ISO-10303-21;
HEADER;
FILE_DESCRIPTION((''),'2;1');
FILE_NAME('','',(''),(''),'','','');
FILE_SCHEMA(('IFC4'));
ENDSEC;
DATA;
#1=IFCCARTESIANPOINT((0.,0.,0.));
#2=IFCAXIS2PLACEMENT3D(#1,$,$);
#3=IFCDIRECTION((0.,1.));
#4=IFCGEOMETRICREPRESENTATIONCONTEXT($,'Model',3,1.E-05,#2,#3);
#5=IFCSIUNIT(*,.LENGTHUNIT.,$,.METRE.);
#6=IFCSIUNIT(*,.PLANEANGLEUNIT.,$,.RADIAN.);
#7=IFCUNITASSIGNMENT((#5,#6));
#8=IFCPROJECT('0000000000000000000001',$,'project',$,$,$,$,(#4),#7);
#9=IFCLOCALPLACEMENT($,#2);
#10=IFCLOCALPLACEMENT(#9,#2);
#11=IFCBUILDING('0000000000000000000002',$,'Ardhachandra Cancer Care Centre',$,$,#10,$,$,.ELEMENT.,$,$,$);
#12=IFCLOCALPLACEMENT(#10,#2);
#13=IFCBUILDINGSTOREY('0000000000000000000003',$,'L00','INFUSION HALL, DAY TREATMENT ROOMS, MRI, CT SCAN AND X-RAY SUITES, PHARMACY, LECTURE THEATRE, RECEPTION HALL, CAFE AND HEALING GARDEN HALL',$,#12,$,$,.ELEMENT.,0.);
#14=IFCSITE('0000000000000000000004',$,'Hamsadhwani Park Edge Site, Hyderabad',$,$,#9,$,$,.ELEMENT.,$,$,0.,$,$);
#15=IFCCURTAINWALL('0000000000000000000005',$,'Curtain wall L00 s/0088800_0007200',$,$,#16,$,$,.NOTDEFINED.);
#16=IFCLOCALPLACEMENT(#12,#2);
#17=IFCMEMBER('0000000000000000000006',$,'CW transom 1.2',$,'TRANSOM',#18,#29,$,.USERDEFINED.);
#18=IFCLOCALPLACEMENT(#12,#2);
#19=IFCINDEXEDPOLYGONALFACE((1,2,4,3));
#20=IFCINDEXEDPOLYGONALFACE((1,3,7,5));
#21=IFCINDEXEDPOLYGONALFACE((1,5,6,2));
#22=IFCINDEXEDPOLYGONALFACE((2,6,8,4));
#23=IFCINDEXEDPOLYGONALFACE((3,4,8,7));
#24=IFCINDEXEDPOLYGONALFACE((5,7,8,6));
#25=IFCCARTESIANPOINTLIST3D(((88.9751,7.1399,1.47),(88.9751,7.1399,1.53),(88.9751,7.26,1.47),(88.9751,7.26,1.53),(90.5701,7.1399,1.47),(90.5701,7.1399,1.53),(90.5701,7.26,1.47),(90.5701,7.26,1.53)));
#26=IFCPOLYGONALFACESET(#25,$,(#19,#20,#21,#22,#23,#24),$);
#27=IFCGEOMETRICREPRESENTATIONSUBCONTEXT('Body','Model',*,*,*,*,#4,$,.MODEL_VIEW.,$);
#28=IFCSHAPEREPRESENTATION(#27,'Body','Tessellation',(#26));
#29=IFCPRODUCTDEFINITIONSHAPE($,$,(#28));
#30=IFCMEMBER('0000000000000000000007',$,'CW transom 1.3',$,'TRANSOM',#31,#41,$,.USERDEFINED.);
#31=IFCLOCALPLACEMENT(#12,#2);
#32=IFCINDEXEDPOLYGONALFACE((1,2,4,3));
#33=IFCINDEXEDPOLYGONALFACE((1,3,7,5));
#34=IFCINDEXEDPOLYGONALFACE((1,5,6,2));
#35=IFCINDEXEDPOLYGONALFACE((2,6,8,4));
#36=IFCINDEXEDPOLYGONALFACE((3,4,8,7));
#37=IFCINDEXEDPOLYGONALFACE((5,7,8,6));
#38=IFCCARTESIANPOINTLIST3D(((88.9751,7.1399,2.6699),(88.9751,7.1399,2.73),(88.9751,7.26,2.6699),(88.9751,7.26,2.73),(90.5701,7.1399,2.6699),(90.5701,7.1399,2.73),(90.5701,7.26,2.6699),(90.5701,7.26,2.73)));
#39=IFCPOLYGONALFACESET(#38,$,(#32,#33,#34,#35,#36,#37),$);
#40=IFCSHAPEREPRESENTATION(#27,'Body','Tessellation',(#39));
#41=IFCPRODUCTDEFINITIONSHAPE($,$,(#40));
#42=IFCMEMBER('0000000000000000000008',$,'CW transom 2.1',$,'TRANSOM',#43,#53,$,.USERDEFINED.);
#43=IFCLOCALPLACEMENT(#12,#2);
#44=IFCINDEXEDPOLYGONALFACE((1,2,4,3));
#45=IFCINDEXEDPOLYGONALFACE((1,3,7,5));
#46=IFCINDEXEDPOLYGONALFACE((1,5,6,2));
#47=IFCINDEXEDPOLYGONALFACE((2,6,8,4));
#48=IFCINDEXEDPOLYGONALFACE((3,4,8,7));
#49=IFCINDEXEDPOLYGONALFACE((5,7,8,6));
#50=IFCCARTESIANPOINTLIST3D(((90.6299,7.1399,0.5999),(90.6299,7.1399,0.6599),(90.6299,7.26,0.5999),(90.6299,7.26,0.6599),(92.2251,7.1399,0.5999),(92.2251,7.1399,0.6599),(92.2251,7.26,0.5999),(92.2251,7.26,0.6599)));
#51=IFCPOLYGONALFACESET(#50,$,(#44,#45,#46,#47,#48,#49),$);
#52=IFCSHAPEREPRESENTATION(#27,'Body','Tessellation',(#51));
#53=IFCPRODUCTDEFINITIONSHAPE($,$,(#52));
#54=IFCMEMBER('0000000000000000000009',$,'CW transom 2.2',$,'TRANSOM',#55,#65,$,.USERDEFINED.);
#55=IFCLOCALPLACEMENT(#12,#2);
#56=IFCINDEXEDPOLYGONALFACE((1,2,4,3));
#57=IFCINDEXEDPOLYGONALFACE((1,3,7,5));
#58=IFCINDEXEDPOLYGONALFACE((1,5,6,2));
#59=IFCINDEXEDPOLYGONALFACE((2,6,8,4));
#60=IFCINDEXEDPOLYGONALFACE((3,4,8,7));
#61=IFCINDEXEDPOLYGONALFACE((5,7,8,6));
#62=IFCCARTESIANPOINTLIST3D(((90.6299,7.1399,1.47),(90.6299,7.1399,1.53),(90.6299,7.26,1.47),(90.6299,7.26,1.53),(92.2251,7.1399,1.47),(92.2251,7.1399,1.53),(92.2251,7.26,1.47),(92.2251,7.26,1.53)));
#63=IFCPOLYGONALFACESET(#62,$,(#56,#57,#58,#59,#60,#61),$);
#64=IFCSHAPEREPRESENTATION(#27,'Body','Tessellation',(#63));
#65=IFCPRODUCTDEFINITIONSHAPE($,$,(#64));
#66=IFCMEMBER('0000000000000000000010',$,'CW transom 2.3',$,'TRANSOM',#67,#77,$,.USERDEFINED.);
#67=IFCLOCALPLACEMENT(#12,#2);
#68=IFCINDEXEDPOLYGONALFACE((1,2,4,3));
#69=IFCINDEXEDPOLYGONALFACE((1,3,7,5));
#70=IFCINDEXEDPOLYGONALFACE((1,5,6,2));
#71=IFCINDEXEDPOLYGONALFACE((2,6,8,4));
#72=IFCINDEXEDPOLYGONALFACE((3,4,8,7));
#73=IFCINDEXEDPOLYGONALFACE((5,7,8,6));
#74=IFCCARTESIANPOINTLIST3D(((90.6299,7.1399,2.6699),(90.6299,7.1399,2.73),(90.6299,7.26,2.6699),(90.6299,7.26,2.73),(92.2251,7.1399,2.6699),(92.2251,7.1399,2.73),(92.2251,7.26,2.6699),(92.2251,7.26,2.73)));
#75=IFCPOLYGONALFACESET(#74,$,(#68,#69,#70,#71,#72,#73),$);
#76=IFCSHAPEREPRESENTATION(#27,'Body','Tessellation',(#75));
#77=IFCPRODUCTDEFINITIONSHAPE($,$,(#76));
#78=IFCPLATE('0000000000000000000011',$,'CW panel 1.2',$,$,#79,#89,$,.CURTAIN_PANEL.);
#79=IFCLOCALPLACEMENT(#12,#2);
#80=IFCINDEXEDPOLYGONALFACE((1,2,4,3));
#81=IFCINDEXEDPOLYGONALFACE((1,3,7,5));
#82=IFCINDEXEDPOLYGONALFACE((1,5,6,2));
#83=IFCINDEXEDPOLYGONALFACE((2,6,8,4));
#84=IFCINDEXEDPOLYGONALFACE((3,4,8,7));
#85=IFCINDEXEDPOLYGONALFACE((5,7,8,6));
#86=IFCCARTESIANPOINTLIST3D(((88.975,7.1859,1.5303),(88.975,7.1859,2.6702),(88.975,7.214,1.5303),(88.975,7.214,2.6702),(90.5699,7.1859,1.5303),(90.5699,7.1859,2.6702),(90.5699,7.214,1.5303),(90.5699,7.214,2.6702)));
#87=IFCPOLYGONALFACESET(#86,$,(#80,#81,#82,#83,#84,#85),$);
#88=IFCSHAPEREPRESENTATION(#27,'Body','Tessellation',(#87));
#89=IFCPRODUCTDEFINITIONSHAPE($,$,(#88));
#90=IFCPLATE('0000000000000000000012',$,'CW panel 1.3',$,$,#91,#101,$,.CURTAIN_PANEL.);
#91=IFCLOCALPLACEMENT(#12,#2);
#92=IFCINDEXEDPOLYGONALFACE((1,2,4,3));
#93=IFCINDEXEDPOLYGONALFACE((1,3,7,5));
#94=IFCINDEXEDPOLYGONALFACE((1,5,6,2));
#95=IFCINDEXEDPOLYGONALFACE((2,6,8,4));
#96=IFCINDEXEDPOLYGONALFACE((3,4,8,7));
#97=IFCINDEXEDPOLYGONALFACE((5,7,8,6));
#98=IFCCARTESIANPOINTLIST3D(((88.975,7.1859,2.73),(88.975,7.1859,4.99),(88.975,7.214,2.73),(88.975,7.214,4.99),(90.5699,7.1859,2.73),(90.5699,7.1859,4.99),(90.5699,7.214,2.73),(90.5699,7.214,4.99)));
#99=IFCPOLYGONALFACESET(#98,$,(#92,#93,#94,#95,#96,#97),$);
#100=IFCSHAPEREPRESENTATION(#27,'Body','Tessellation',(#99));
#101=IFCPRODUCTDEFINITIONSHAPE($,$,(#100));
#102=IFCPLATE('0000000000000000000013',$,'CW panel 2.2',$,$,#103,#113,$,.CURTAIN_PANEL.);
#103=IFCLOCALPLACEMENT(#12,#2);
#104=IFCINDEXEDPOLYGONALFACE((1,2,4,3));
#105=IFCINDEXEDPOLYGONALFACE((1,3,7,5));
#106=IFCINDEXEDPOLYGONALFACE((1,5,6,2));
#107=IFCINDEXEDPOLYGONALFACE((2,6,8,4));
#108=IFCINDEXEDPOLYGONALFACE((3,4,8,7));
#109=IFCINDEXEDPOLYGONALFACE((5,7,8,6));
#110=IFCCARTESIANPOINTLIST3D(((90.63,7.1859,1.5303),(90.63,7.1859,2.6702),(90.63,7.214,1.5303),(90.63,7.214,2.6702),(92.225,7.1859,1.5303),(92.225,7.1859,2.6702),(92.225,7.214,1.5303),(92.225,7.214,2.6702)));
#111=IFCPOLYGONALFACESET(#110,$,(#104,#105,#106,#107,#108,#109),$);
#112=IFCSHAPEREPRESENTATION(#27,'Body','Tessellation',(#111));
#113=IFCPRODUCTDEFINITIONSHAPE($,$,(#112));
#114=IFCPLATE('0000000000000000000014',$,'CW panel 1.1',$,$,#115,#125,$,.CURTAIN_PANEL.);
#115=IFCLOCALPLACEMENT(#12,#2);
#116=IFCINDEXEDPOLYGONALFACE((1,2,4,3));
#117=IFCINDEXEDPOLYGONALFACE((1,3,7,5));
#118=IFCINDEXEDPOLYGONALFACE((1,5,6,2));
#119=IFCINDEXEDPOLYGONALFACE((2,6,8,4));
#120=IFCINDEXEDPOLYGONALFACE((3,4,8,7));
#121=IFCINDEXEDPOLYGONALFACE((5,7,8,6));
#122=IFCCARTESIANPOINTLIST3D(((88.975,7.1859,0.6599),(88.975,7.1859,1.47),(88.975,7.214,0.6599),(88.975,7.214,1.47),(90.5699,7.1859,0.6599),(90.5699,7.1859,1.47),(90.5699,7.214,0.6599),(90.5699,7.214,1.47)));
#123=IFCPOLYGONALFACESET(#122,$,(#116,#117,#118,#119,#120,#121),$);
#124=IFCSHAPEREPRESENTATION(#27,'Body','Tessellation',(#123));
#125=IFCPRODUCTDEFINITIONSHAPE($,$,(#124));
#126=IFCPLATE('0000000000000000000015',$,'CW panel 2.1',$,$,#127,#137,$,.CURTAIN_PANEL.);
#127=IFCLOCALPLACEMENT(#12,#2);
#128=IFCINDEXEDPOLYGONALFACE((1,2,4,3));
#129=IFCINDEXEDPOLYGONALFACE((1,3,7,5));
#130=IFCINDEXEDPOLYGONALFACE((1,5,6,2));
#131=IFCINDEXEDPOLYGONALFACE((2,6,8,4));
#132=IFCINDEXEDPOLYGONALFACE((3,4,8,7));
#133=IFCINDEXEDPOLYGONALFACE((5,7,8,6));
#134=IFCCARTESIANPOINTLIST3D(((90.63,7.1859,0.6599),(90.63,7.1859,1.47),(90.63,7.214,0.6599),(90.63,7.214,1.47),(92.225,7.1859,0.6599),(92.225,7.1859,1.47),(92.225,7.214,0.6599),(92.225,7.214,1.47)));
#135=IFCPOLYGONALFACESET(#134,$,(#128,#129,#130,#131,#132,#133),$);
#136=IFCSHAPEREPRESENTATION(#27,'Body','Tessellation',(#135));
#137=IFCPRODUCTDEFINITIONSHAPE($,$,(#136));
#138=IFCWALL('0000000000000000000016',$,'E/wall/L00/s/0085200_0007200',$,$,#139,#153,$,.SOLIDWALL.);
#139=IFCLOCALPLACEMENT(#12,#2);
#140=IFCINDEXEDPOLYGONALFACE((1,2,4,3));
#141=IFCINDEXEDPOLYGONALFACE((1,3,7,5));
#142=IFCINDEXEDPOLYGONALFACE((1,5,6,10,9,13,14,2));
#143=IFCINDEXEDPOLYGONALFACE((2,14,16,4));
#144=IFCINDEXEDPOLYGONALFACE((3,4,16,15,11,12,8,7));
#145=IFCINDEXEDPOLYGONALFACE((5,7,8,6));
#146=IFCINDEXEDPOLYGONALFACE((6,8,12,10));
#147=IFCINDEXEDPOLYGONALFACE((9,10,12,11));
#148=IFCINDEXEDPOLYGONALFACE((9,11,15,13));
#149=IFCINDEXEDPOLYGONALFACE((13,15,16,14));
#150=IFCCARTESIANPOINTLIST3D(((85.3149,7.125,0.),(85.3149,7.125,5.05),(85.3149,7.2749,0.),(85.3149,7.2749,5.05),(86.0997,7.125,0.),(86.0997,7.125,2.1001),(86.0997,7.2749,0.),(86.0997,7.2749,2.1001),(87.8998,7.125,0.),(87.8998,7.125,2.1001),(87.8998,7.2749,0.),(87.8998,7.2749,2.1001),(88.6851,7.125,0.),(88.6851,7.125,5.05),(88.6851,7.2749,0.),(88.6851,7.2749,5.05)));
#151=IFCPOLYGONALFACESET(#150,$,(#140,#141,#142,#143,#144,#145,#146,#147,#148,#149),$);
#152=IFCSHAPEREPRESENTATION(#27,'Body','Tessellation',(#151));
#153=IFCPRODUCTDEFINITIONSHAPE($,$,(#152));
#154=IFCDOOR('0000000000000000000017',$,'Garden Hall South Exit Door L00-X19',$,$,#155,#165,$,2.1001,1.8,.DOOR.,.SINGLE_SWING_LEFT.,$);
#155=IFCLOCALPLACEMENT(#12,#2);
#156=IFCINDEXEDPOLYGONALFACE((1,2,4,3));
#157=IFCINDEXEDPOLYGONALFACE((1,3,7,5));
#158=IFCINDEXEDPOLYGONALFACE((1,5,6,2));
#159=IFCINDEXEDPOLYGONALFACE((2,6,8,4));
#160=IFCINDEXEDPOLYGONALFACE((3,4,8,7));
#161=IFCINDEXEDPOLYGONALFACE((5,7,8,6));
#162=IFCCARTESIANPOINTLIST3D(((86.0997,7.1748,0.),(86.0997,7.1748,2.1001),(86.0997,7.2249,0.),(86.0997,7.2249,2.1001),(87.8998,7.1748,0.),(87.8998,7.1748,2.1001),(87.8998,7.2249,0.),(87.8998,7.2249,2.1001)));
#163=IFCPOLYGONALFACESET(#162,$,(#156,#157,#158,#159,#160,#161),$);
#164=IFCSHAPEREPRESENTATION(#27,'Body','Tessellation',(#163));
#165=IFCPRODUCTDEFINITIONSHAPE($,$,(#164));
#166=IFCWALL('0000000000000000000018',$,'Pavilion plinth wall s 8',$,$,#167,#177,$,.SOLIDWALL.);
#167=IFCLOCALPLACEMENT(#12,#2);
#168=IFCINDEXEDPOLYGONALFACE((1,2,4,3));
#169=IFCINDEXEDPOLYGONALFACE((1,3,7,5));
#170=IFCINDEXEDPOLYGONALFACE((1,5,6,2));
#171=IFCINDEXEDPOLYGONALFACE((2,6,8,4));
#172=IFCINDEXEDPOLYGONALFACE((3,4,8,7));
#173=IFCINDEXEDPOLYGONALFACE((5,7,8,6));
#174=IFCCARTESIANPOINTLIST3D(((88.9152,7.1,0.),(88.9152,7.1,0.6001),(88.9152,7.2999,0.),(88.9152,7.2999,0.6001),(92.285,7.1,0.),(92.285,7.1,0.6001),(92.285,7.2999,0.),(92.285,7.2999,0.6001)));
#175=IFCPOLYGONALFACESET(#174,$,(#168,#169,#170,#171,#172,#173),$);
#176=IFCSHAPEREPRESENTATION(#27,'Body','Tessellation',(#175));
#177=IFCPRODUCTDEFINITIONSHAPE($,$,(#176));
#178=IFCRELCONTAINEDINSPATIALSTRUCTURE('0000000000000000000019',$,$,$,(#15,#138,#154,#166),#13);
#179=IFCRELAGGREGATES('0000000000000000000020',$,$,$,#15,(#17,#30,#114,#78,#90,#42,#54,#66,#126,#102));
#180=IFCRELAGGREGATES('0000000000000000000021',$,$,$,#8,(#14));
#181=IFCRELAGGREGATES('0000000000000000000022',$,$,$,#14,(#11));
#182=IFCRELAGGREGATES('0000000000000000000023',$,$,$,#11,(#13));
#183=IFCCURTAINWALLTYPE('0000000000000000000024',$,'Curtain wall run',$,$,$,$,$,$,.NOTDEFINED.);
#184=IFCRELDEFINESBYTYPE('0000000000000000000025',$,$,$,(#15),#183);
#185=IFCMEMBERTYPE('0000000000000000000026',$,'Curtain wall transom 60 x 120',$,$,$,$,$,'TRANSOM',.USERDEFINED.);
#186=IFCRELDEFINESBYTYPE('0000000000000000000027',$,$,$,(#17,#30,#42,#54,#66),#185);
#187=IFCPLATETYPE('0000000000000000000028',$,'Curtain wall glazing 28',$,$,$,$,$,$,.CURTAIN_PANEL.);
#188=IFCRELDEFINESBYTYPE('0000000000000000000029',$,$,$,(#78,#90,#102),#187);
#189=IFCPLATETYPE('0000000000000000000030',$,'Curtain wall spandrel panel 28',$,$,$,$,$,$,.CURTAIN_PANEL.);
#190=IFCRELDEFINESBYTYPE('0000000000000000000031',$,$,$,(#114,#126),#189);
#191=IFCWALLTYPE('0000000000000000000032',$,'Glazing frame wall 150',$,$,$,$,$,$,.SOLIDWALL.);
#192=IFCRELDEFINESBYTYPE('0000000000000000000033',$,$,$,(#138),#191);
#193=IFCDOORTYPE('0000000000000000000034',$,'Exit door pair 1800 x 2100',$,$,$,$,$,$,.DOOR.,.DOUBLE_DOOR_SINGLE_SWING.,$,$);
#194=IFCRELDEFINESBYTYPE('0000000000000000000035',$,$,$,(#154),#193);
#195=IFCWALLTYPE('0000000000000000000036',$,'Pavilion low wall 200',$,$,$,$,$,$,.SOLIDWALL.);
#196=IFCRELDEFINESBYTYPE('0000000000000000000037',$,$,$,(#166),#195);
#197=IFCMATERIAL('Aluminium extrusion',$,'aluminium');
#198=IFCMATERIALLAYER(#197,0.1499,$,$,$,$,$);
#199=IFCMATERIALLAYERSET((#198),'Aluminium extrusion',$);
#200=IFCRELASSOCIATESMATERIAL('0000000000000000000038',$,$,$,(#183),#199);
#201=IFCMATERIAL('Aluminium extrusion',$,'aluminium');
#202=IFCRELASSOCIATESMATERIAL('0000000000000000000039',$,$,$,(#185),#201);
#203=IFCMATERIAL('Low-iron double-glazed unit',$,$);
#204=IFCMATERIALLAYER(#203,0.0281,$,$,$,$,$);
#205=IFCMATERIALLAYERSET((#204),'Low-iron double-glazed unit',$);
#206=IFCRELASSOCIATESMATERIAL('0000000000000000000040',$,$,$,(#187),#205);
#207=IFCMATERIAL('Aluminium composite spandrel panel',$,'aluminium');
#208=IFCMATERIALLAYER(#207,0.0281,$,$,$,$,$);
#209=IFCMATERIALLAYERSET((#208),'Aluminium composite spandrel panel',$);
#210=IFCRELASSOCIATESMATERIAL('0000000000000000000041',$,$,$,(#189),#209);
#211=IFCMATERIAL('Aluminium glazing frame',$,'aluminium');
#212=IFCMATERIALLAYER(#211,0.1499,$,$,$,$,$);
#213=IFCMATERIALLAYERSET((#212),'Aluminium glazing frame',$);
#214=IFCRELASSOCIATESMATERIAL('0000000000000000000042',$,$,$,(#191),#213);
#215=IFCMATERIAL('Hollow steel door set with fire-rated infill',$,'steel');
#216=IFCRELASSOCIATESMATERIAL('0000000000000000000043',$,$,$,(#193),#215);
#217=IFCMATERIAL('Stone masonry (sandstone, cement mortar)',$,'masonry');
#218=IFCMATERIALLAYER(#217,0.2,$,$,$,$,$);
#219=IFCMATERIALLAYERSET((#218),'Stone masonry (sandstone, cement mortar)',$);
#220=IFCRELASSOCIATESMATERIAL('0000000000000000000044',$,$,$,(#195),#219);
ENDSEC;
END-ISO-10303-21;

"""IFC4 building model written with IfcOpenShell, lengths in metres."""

from ifc_helpers import new_model, si_unit, direction, frame, frame_2d, origin, origin_2d, place, context, subcontext, project, spatial, rectangle, extrude, material, layer, layer_set, material_profile, profile_set, type_object, element, fill, aggregate, save


model = new_model("IFC4")

# Units and contexts
model_context = context("Model", 3, precision=1e-05, world=origin(), true_north=direction((0.0, 1.0)))
body_context = subcontext(model_context, "Body", "Model", "MODEL_VIEW")
ifc_project = project(units=[si_unit("LENGTHUNIT", "METRE"), si_unit("PLANEANGLEUNIT", "RADIAN")], contexts=[model_context])

# Site, building, storey
site_placement = place(None, origin())
site = spatial("IfcSite", under=ifc_project, at=site_placement, Name="Hamsadhwani Park Edge Site, Hyderabad", CompositionType="ELEMENT", RefElevation=0.0)
building_placement = place(site_placement, origin())
building = spatial("IfcBuilding", under=site, at=building_placement, Name="Ardhachandra Cancer Care Centre", CompositionType="ELEMENT")
storey_placement = place(building_placement, origin())
storey = spatial("IfcBuildingStorey", under=building, at=storey_placement, Name="L00", Description="INFUSION HALL, DAY TREATMENT ROOMS, MRI, CT SCAN AND X-RAY SUITES, PHARMACY, LECTURE THEATRE, RECEPTION HALL, CAFE AND HEALING GARDEN HALL", CompositionType="ELEMENT", Elevation=0.0)

# Curtain wall, members, plates
ifc_material_1 = material(Name="Aluminium extrusion", Category="aluminium")
ifc_layer_1 = layer(ifc_material_1, 0.1499)
ifc_layer_set_1 = layer_set([ifc_layer_1], Name="Aluminium extrusion")
curtain_wall_type = type_object("IfcCurtainWallType", Name="Curtain wall run", PredefinedType="NOTDEFINED", material=ifc_layer_set_1)
curtain_wall_placement = place(storey_placement, origin())
curtain_wall = element("IfcCurtainWall", 1, at=curtain_wall_placement, inside=storey, type_object=curtain_wall_type, Name="Curtain wall L00 s/0088800_0007200", PredefinedType="NOTDEFINED")
ifc_material_2 = material(Name="Aluminium extrusion", Category="aluminium")
ifc_material_profile_1 = material_profile(ifc_material_2, rectangle(XDim=0.1201, YDim=0.0601, at=origin_2d()), Name="Curtain wall transom 60 x 120")
ifc_profile_set_1 = profile_set([ifc_material_profile_1], Name="Aluminium extrusion")
member_type_1 = type_object("IfcMemberType", Name="Curtain wall transom 60 x 120", ElementType="TRANSOM", PredefinedType="USERDEFINED", material=ifc_profile_set_1)
member_1_placement = place(storey_placement, frame((88.9751, 7.2, 1.5), z_axis=(1.0, 0.0, 0.0), x_axis=(0.0, 1.0, 0.0)))
member_1 = element("IfcMember", 2, at=member_1_placement, type_object=member_type_1, Name="CW transom 1.2", ObjectType="TRANSOM", PredefinedType="USERDEFINED", context=body_context, shape_type="SweptSolid", body=[
    extrude(rectangle(XDim=0.1201, YDim=0.0601, at=origin_2d()), origin(), (0.0, 0.0, 1.0), 1.595),
])
member_2_placement = place(storey_placement, frame((88.9751, 7.2, 2.7), z_axis=(1.0, 0.0, 0.0), x_axis=(0.0, 1.0, 0.0)))
member_2 = element("IfcMember", 3, at=member_2_placement, type_object=member_type_1, Name="CW transom 1.3", ObjectType="TRANSOM", PredefinedType="USERDEFINED", context=body_context, shape_type="SweptSolid", body=[
    extrude(rectangle(XDim=0.1201, YDim=0.0601, at=origin_2d()), origin(), (0.0, 0.0, 1.0), 1.595),
])
member_3_placement = place(storey_placement, frame((90.6299, 7.2, 0.6299), z_axis=(1.0, 0.0, 0.0), x_axis=(0.0, 1.0, 0.0)))
member_3 = element("IfcMember", 4, at=member_3_placement, type_object=member_type_1, Name="CW transom 2.1", ObjectType="TRANSOM", PredefinedType="USERDEFINED", context=body_context, shape_type="SweptSolid", body=[
    extrude(rectangle(XDim=0.1201, YDim=0.0601, at=origin_2d()), origin(), (0.0, 0.0, 1.0), 1.5952),
])
member_4_placement = place(storey_placement, frame((90.6299, 7.2, 1.5), z_axis=(1.0, 0.0, 0.0), x_axis=(0.0, 1.0, 0.0)))
member_4 = element("IfcMember", 5, at=member_4_placement, type_object=member_type_1, Name="CW transom 2.2", ObjectType="TRANSOM", PredefinedType="USERDEFINED", context=body_context, shape_type="SweptSolid", body=[
    extrude(rectangle(XDim=0.1201, YDim=0.0601, at=origin_2d()), origin(), (0.0, 0.0, 1.0), 1.5952),
])
member_5_placement = place(storey_placement, frame((90.6299, 7.2, 2.7), z_axis=(1.0, 0.0, 0.0), x_axis=(0.0, 1.0, 0.0)))
member_5 = element("IfcMember", 6, at=member_5_placement, type_object=member_type_1, Name="CW transom 2.3", ObjectType="TRANSOM", PredefinedType="USERDEFINED", context=body_context, shape_type="SweptSolid", body=[
    extrude(rectangle(XDim=0.1201, YDim=0.0601, at=origin_2d()), origin(), (0.0, 0.0, 1.0), 1.5952),
])
ifc_material_3 = material(Name="Low-iron double-glazed unit")
ifc_layer_2 = layer(ifc_material_3, 0.0281)
ifc_layer_set_2 = layer_set([ifc_layer_2], Name="Low-iron double-glazed unit")
plate_type_1 = type_object("IfcPlateType", Name="Curtain wall glazing 28", PredefinedType="CURTAIN_PANEL", material=ifc_layer_set_2)
plate_1_placement = place(storey_placement, frame((89.7725, 7.2, 1.5303), z_axis=(0.0, 0.0, 1.0), x_axis=(1.0, 0.0, 0.0)))
plate_1 = element("IfcPlate", 7, at=plate_1_placement, type_object=plate_type_1, Name="CW panel 1.2", PredefinedType="CURTAIN_PANEL", context=body_context, shape_type="SweptSolid", body=[
    extrude(rectangle(XDim=1.595, YDim=0.0281, at=origin_2d()), origin(), (0.0, 0.0, 1.0), 1.1399),
])
plate_2_placement = place(storey_placement, frame((89.7725, 7.2, 2.73), z_axis=(0.0, 0.0, 1.0), x_axis=(1.0, 0.0, 0.0)))
plate_2 = element("IfcPlate", 8, at=plate_2_placement, type_object=plate_type_1, Name="CW panel 1.3", PredefinedType="CURTAIN_PANEL", context=body_context, shape_type="SweptSolid", body=[
    extrude(rectangle(XDim=1.595, YDim=0.0281, at=origin_2d()), origin(), (0.0, 0.0, 1.0), 2.26),
])
plate_3_placement = place(storey_placement, frame((91.4275, 7.2, 1.5303), z_axis=(0.0, 0.0, 1.0), x_axis=(1.0, 0.0, 0.0)))
plate_3 = element("IfcPlate", 9, at=plate_3_placement, type_object=plate_type_1, Name="CW panel 2.2", PredefinedType="CURTAIN_PANEL", context=body_context, shape_type="SweptSolid", body=[
    extrude(rectangle(XDim=1.595, YDim=0.0281, at=origin_2d()), origin(), (0.0, 0.0, 1.0), 1.1399),
])
ifc_material_4 = material(Name="Aluminium composite spandrel panel", Category="aluminium")
ifc_layer_3 = layer(ifc_material_4, 0.0281)
ifc_layer_set_3 = layer_set([ifc_layer_3], Name="Aluminium composite spandrel panel")
plate_type_2 = type_object("IfcPlateType", Name="Curtain wall spandrel panel 28", PredefinedType="CURTAIN_PANEL", material=ifc_layer_set_3)
plate_4_placement = place(storey_placement, frame((89.7725, 7.2, 0.6599), z_axis=(0.0, 0.0, 1.0), x_axis=(1.0, 0.0, 0.0)))
plate_4 = element("IfcPlate", 10, at=plate_4_placement, type_object=plate_type_2, Name="CW panel 1.1", PredefinedType="CURTAIN_PANEL", context=body_context, shape_type="SweptSolid", body=[
    extrude(rectangle(XDim=1.595, YDim=0.0281, at=origin_2d()), origin(), (0.0, 0.0, 1.0), 0.8101),
])
plate_5_placement = place(storey_placement, frame((91.4275, 7.2, 0.6599), z_axis=(0.0, 0.0, 1.0), x_axis=(1.0, 0.0, 0.0)))
plate_5 = element("IfcPlate", 11, at=plate_5_placement, type_object=plate_type_2, Name="CW panel 2.1", PredefinedType="CURTAIN_PANEL", context=body_context, shape_type="SweptSolid", body=[
    extrude(rectangle(XDim=1.595, YDim=0.0281, at=origin_2d()), origin(), (0.0, 0.0, 1.0), 0.8101),
])
aggregate(curtain_wall, [member_1, member_2, plate_4, plate_1, plate_2, member_3, member_4, member_5, plate_5, plate_3])

# Wall, opening, door
ifc_material_5 = material(Name="Aluminium glazing frame", Category="aluminium")
ifc_layer_4 = layer(ifc_material_5, 0.1499)
ifc_layer_set_4 = layer_set([ifc_layer_4], Name="Aluminium glazing frame")
wall_type_1 = type_object("IfcWallType", Name="Glazing frame wall 150", PredefinedType="SOLIDWALL", material=ifc_layer_set_4)
wall_1_placement = place(storey_placement, frame((85.3149, 7.2, 0.0), z_axis=(0.0, 0.0, 1.0), x_axis=(1.0, 0.0, 0.0)))
wall_1 = element("IfcWall", 12, at=wall_1_placement, inside=storey, type_object=wall_type_1, Name="E/wall/L00/s/0085200_0007200", PredefinedType="SOLIDWALL", context=body_context, shape_type="SweptSolid", body=[
    extrude(rectangle(XDim=3.3701, YDim=0.1499, at=frame_2d((1.6851, 0.0))), origin(), (0.0, 0.0, 1.0), 5.05),
])
opening_placement = place(wall_1_placement, frame((0.7849, 0.0, 0.0)))
opening = element("IfcOpeningElement", 13, at=opening_placement, cuts=wall_1, PredefinedType="OPENING", context=body_context, shape_type="SweptSolid", body=[
    extrude(rectangle(XDim=1.8, YDim=2.1001, at=frame_2d((0.8999, 1.05))), frame((0.0, 0.085, 0.0), z_axis=(0.0, -1.0, 0.0), x_axis=(1.0, 0.0, 0.0)), (0.0, 0.0, 1.0), 0.1699),
])
ifc_material_6 = material(Name="Hollow steel door set with fire-rated infill", Category="steel")
door_type = type_object("IfcDoorType", Name="Exit door pair 1800 x 2100", OperationType="DOUBLE_DOOR_SINGLE_SWING", PredefinedType="DOOR", material=ifc_material_6)
door_placement = place(opening_placement, origin())
door = element("IfcDoor", 14, at=door_placement, inside=storey, type_object=door_type, Name="Garden Hall South Exit Door L00-X19", OperationType="SINGLE_SWING_LEFT", OverallHeight=2.1001, OverallWidth=1.8, PredefinedType="DOOR", context=body_context, shape_type="SweptSolid", body=[
    extrude(rectangle(XDim=1.8, YDim=2.1001, at=frame_2d((0.8999, 1.05))), frame((0.0, 0.0249, 0.0), z_axis=(0.0, -1.0, 0.0), x_axis=(1.0, 0.0, 0.0)), (0.0, 0.0, 1.0), 0.05),
])
fill(opening, door)

# Wall
ifc_material_7 = material(Name="Stone masonry (sandstone, cement mortar)", Category="masonry")
ifc_layer_5 = layer(ifc_material_7, 0.2)
ifc_layer_set_5 = layer_set([ifc_layer_5], Name="Stone masonry (sandstone, cement mortar)")
wall_type_2 = type_object("IfcWallType", Name="Pavilion low wall 200", PredefinedType="SOLIDWALL", material=ifc_layer_set_5)
wall_2_placement = place(storey_placement, frame((88.915, 7.2, 0.0), z_axis=(0.0, 0.0, 1.0), x_axis=(1.0, 0.0, 0.0)))
element("IfcWall", 15, at=wall_2_placement, inside=storey, type_object=wall_type_2, Name="Pavilion plinth wall s 8", PredefinedType="SOLIDWALL", context=body_context, shape_type="SweptSolid", body=[
    extrude(rectangle(XDim=3.3699, YDim=0.2, at=frame_2d((1.6851, 0.0))), origin(), (0.0, 0.0, 1.0), 0.6001),
])

save(model, "model.ifc")
